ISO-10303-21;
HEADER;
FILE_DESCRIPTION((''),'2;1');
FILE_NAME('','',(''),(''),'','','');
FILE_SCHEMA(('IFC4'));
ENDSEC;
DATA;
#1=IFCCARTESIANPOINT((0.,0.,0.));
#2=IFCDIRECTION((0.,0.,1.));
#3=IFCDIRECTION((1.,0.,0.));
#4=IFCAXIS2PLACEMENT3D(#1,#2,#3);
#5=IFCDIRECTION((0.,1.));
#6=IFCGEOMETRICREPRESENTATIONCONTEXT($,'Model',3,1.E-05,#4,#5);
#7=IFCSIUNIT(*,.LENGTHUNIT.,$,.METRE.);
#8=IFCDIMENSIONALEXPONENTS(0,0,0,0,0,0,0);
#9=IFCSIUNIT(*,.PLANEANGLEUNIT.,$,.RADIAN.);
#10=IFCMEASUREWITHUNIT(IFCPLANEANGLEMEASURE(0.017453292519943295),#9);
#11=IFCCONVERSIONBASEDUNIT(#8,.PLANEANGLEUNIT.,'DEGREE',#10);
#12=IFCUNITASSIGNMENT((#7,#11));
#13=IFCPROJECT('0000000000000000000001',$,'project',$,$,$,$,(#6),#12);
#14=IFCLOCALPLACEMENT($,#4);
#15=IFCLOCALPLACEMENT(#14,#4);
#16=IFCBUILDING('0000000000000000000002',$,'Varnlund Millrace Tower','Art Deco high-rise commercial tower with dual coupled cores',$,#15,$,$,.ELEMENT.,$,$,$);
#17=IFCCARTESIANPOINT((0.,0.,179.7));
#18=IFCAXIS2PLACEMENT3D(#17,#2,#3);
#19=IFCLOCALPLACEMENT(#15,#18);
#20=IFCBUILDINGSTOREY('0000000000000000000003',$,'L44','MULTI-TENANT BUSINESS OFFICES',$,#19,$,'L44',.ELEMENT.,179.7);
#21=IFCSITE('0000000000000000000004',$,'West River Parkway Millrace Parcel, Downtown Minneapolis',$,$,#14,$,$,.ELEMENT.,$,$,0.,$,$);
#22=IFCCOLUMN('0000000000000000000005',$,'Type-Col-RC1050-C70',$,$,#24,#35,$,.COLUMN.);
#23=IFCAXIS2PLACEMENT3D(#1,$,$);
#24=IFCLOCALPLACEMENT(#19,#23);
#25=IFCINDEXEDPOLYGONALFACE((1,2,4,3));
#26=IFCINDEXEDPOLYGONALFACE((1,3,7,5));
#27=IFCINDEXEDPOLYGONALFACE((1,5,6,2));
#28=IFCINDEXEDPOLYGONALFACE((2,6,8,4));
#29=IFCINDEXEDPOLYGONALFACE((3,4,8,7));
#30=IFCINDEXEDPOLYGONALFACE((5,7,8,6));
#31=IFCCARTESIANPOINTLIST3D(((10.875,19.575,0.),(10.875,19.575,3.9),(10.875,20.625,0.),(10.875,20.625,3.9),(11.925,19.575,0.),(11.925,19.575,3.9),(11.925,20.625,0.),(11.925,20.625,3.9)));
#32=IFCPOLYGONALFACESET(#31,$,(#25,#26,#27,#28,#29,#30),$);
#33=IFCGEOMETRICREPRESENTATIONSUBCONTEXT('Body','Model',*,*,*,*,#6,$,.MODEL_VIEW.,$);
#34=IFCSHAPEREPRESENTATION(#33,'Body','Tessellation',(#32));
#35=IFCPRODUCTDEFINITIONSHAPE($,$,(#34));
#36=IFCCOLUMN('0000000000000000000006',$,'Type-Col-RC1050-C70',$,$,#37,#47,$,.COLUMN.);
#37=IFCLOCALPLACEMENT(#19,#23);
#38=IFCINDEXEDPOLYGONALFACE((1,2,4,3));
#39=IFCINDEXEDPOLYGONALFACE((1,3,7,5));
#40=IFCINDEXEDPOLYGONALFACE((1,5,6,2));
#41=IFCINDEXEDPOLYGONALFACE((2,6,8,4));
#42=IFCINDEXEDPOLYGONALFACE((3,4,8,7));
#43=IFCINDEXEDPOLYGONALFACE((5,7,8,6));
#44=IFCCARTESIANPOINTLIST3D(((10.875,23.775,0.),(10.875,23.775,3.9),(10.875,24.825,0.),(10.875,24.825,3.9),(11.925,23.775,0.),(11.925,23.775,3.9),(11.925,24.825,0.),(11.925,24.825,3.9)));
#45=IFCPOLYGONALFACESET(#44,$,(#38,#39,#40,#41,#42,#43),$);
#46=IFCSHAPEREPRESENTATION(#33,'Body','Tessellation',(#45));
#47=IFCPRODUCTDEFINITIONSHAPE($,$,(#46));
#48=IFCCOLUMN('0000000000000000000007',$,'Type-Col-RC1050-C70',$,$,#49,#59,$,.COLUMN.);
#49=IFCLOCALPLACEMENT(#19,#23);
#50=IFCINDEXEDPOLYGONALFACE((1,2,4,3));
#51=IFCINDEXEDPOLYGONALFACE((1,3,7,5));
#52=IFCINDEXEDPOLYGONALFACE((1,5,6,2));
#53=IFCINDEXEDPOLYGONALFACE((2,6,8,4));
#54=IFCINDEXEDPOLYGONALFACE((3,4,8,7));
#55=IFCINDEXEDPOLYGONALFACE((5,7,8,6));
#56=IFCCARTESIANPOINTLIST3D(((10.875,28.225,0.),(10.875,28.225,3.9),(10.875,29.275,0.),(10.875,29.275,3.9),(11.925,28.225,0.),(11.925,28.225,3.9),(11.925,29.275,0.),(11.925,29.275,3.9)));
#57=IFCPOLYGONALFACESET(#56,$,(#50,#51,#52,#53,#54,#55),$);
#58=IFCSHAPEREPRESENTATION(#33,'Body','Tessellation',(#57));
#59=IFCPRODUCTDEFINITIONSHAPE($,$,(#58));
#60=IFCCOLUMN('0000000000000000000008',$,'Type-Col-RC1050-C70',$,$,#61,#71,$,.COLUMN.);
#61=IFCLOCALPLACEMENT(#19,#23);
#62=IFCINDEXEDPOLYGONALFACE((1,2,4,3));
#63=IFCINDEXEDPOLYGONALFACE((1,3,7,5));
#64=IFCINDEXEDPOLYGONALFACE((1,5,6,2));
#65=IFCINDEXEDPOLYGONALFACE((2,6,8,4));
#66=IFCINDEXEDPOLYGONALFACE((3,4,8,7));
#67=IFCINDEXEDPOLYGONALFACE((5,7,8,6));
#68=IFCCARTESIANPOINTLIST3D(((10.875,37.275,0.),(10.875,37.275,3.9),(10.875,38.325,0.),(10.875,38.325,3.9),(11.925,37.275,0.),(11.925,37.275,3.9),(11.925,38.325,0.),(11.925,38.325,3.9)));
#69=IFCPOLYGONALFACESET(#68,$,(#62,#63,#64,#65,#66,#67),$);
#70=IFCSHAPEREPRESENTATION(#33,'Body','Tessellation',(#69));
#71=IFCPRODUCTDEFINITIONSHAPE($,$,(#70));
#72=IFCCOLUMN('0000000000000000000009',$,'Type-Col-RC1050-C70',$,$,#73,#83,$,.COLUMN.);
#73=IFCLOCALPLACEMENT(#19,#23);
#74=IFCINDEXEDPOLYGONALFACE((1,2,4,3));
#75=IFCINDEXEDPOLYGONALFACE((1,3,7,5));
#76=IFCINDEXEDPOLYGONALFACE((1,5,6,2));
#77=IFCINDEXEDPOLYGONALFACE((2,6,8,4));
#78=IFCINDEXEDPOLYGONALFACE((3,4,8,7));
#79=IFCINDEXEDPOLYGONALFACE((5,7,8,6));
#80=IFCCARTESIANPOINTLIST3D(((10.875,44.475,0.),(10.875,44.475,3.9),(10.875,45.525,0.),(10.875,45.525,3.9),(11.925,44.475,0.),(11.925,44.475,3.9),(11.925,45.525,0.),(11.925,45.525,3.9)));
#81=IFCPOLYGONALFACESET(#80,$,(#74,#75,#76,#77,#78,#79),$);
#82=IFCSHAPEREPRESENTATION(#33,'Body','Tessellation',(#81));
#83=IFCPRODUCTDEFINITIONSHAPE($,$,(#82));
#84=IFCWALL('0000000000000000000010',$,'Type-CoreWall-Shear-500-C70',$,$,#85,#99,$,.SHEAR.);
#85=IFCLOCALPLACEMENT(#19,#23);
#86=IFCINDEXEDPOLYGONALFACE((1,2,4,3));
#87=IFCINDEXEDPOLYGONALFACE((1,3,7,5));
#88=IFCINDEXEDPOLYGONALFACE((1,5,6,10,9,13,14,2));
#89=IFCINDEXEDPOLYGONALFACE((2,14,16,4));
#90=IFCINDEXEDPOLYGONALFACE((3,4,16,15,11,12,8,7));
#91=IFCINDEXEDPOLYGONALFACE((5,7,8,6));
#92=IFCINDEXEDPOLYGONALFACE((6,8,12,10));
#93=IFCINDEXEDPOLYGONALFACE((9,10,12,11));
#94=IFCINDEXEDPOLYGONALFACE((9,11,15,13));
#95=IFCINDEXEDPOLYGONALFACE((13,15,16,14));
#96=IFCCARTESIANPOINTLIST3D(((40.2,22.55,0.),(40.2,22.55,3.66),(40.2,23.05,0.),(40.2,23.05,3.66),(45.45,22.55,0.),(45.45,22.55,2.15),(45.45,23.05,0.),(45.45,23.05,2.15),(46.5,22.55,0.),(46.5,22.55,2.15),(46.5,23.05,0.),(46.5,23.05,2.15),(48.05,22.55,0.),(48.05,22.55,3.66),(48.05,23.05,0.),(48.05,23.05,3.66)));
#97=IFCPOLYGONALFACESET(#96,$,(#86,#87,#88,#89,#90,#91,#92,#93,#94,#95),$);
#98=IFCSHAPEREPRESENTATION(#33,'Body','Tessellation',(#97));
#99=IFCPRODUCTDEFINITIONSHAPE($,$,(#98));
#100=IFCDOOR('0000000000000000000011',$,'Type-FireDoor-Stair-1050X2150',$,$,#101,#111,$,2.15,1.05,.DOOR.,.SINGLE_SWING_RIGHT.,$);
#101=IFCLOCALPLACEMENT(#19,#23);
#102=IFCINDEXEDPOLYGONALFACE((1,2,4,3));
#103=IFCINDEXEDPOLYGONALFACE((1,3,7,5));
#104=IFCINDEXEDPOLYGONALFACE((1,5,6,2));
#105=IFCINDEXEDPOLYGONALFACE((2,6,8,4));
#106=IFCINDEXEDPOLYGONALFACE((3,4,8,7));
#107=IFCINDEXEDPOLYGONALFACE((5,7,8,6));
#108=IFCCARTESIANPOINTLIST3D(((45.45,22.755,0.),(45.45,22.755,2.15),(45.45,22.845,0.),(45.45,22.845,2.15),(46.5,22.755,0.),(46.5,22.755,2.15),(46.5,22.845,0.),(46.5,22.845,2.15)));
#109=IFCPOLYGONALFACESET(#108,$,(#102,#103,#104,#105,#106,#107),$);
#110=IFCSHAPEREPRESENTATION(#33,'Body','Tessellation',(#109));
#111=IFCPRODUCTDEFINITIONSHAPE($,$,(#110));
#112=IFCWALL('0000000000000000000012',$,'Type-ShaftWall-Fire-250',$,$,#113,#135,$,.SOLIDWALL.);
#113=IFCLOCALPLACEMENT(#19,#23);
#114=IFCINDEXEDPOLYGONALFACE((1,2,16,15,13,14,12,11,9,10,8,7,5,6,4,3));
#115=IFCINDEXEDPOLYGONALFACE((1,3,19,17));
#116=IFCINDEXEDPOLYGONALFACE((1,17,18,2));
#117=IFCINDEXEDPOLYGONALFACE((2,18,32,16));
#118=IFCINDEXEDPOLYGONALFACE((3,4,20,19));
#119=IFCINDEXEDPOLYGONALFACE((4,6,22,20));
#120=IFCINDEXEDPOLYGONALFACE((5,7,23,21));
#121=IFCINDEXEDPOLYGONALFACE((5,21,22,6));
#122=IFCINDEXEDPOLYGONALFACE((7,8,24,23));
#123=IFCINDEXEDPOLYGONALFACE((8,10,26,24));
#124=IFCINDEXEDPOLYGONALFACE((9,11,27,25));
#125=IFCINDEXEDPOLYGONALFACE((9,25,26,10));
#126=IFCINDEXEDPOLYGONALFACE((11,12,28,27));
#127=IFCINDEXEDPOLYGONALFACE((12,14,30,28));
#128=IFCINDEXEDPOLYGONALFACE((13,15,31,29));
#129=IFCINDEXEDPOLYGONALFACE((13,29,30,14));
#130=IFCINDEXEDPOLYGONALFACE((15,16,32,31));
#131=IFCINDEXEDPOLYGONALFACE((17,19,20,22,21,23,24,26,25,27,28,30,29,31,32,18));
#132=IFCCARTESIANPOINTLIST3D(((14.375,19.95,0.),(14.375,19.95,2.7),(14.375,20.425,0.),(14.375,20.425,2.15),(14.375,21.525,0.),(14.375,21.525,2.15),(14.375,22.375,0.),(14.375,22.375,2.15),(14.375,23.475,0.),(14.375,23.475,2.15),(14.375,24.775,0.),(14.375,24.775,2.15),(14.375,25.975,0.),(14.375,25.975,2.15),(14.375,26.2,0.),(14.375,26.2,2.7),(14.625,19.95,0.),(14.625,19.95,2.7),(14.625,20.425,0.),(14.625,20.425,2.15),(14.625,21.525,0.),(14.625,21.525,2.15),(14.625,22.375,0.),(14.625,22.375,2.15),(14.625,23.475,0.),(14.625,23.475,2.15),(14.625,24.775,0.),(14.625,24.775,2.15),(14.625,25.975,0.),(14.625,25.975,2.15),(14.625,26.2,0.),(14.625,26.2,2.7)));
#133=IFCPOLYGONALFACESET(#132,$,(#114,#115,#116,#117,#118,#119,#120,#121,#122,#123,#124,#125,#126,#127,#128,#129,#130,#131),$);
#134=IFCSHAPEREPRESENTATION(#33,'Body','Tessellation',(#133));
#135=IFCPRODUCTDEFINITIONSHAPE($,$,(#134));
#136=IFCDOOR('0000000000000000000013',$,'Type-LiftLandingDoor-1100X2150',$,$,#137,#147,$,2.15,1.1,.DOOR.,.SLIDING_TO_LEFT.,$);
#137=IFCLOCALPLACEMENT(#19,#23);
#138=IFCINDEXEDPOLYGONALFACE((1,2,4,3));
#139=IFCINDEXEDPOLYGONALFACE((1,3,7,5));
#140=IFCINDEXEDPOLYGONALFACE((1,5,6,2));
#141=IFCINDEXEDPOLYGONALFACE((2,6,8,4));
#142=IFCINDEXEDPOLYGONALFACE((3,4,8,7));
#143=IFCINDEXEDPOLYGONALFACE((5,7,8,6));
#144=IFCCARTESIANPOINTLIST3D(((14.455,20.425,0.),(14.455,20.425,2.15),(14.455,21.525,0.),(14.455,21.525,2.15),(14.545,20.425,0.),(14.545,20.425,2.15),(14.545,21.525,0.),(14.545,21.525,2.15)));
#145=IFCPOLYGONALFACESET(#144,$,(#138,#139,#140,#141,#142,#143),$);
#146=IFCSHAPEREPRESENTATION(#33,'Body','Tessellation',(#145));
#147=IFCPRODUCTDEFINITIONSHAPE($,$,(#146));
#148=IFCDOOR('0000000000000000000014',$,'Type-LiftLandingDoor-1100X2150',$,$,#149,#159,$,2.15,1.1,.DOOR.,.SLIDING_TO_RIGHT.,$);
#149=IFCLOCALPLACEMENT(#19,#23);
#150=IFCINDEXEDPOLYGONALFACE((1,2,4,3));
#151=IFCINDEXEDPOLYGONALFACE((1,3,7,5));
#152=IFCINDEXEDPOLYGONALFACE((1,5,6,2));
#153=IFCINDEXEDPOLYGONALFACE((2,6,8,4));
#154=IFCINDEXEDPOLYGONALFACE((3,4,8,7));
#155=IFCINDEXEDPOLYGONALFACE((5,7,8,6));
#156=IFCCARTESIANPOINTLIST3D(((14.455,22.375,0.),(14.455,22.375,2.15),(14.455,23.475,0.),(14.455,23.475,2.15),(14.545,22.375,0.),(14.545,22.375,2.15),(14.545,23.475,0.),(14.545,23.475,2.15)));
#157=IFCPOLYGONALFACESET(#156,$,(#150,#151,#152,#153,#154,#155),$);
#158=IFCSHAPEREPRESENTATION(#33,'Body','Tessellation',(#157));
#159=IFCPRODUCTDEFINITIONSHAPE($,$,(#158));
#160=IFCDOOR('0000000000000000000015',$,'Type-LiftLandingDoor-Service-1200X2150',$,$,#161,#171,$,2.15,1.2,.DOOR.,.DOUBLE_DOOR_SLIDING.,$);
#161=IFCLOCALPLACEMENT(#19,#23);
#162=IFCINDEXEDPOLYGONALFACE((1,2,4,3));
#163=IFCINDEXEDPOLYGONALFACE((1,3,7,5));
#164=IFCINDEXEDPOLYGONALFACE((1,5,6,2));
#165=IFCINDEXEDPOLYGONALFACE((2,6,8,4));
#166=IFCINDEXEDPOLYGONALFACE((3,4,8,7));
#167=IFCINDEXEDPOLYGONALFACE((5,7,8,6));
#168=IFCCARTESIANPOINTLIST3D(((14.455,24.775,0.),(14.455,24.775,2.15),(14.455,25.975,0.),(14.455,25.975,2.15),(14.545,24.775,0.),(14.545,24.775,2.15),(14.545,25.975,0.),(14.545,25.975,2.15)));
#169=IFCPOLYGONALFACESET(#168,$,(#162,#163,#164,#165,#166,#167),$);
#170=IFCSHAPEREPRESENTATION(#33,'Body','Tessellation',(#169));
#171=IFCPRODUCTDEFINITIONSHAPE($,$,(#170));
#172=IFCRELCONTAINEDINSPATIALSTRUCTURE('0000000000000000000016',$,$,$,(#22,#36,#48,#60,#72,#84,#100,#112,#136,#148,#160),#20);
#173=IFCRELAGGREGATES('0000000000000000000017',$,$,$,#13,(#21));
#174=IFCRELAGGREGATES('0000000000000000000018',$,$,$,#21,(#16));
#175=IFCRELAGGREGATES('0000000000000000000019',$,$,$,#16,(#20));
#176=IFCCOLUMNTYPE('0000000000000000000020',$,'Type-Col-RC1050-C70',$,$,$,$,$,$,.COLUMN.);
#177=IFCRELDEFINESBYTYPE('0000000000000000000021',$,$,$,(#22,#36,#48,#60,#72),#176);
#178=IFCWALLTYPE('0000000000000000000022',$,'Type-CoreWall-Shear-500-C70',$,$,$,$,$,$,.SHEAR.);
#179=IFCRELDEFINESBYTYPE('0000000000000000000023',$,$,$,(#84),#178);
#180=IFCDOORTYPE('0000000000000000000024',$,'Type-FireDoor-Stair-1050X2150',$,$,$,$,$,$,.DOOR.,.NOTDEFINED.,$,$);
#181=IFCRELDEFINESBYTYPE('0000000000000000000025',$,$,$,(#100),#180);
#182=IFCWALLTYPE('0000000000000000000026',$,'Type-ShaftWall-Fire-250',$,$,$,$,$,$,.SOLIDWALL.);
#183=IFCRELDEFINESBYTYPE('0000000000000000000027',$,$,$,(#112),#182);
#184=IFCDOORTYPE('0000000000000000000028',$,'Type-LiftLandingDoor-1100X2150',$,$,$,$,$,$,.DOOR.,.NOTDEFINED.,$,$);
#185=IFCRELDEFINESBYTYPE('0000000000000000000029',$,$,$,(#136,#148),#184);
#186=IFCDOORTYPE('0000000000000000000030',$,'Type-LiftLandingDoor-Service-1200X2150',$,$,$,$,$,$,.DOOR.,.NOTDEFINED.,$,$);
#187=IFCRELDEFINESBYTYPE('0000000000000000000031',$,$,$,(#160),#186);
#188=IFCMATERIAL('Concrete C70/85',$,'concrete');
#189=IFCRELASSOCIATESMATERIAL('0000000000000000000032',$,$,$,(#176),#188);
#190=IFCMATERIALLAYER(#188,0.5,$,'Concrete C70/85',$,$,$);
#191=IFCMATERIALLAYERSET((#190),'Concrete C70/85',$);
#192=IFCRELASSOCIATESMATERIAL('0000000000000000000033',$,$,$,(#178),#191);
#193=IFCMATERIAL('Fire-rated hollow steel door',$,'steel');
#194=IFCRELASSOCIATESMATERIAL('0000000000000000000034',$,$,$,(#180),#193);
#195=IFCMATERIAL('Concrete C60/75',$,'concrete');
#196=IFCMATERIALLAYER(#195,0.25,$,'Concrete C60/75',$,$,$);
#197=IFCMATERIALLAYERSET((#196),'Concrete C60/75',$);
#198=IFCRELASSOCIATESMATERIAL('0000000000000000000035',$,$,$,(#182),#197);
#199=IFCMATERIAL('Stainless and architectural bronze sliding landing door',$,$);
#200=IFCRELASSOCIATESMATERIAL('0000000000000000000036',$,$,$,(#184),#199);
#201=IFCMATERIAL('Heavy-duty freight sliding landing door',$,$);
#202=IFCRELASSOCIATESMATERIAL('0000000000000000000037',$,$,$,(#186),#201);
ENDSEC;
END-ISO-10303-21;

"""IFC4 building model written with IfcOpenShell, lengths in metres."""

from ifc_helpers import new_model, entity, si_unit, converted_unit, direction, frame, origin_with_axes, origin_2d_with_axis, place, context, subcontext, project, spatial, polyline, rectangle, outline, extrude, material, layer, layer_set, material_profile, profile_set, type_object, element, fill, save


model = new_model("IFC4")

# Units and contexts
model_context = context("Model", 3, precision=1e-05, world=origin_with_axes(), true_north=direction((0.0, 1.0)))
body_context = subcontext(model_context, "Body", "Model", "MODEL_VIEW")
ifc_project = project(units=[si_unit("LENGTHUNIT", "METRE"), converted_unit("PLANEANGLEUNIT", "DEGREE", entity("IfcPlaneAngleMeasure", 0.017453292519943295), si_unit("PLANEANGLEUNIT", "RADIAN"), dimensions=[0, 0, 0, 0, 0, 0, 0])], contexts=[model_context])

# Site, building, storey
site_placement = place(None, origin_with_axes())
site = spatial("IfcSite", under=ifc_project, at=site_placement, Name="West River Parkway Millrace Parcel, Downtown Minneapolis", CompositionType="ELEMENT", RefElevation=0.0)
building_placement = place(site_placement, origin_with_axes())
building = spatial("IfcBuilding", under=site, at=building_placement, Name="Varnlund Millrace Tower", Description="Art Deco high-rise commercial tower with dual coupled cores", CompositionType="ELEMENT")
storey_placement = place(building_placement, frame((0.0, 0.0, 179.7), z_axis=(0.0, 0.0, 1.0), x_axis=(1.0, 0.0, 0.0)))
storey = spatial("IfcBuildingStorey", under=building, at=storey_placement, Name="L44", Description="MULTI-TENANT BUSINESS OFFICES", LongName="L44", CompositionType="ELEMENT", Elevation=179.7)

# Columns
ifc_material_1 = material(Name="Concrete C70/85", Category="concrete")
ifc_material_profile = material_profile(ifc_material_1, rectangle(XDim=1.05, YDim=1.05, at=origin_2d_with_axis()), Name="Concrete C70/85")
ifc_profile_set = profile_set([ifc_material_profile], Name="Concrete C70/85")
column_type = type_object("IfcColumnType", Name="Type-Col-RC1050-C70", PredefinedType="COLUMN", material=ifc_profile_set)
for number, where, z_axis, x_axis, name in (
    (1, (11.4, 20.1, 0.0), (0.0, 0.0, 1.0), (1.0, 0.0, 0.0), "Type-Col-RC1050-C70"),
    (2, (11.4, 24.3, 0.0), (0.0, 0.0, 1.0), (1.0, 0.0, 0.0), "Type-Col-RC1050-C70"),
    (3, (11.4, 28.75, 0.0), (0.0, 0.0, 1.0), (1.0, 0.0, 0.0), "Type-Col-RC1050-C70"),
    (4, (11.4, 37.8, 0.0), (0.0, 0.0, 1.0), (1.0, 0.0, 0.0), "Type-Col-RC1050-C70"),
    (5, (11.4, 45.0, 0.0), (0.0, 0.0, 1.0), (1.0, 0.0, 0.0), "Type-Col-RC1050-C70"),
):
    element("IfcColumn", number, at=place(storey_placement, frame(where, z_axis=z_axis, x_axis=x_axis)), inside=storey, type_object=column_type, Name=name, PredefinedType="COLUMN", context=body_context, shape_type="SweptSolid", body=[
        extrude(rectangle(XDim=1.05, YDim=1.05, at=origin_2d_with_axis()), origin_with_axes(), (0.0, 0.0, 1.0), 3.9),
    ])

# Wall, opening, door
ifc_layer_1 = layer(ifc_material_1, 0.5, Name="Concrete C70/85")
ifc_layer_set_1 = layer_set([ifc_layer_1], Name="Concrete C70/85")
wall_type_1 = type_object("IfcWallType", Name="Type-CoreWall-Shear-500-C70", PredefinedType="SHEAR", material=ifc_layer_set_1)
wall_1_placement = place(storey_placement, frame((40.2, 22.8, 0.0), z_axis=(0.0, 0.0, 1.0), x_axis=(1.0, 0.0, 0.0)))
wall_1 = element("IfcWall", 6, at=wall_1_placement, inside=storey, type_object=wall_type_1, Name="Type-CoreWall-Shear-500-C70", PredefinedType="SHEAR", context=body_context, shape_type="SweptSolid", body=[
    extrude(outline(polyline([(0.0, -0.25), (7.85, -0.25), (7.85, 0.25), (0.0, 0.25), (0.0, -0.25)])), origin_with_axes(), (0.0, 0.0, 1.0), 3.66),
])
opening_1_placement = place(wall_1_placement, frame((5.775, 0.0, 0.0), z_axis=(0.0, 0.0, 1.0), x_axis=(1.0, 0.0, 0.0)))
opening_1 = element("IfcOpeningElement", 7, at=opening_1_placement, cuts=wall_1, PredefinedType="OPENING", context=body_context, shape_type="SweptSolid", body=[
    extrude(rectangle(XDim=1.05, YDim=0.52, at=origin_2d_with_axis()), origin_with_axes(), (0.0, 0.0, 1.0), 2.15),
])
ifc_material_2 = material(Name="Fire-rated hollow steel door", Category="steel")
door_type_1 = type_object("IfcDoorType", Name="Type-FireDoor-Stair-1050X2150", OperationType="NOTDEFINED", PredefinedType="DOOR", material=ifc_material_2)
door_1_placement = place(wall_1_placement, frame((5.775, 0.0, 0.0), z_axis=(0.0, 0.0, 1.0), x_axis=(1.0, 0.0, 0.0)))
door_1 = element("IfcDoor", 8, at=door_1_placement, inside=storey, type_object=door_type_1, Name="Type-FireDoor-Stair-1050X2150", OperationType="SINGLE_SWING_RIGHT", OverallHeight=2.15, OverallWidth=1.05, PredefinedType="DOOR", context=body_context, shape_type="SweptSolid", body=[
    extrude(rectangle(XDim=1.05, YDim=0.09, at=origin_2d_with_axis()), origin_with_axes(), (0.0, 0.0, 1.0), 2.15),
])
fill(opening_1, door_1)

# Wall, openings, doors
ifc_material_3 = material(Name="Concrete C60/75", Category="concrete")
ifc_layer_2 = layer(ifc_material_3, 0.25, Name="Concrete C60/75")
ifc_layer_set_2 = layer_set([ifc_layer_2], Name="Concrete C60/75")
wall_type_2 = type_object("IfcWallType", Name="Type-ShaftWall-Fire-250", PredefinedType="SOLIDWALL", material=ifc_layer_set_2)
wall_2_placement = place(storey_placement, frame((14.5, 19.95, 0.0), z_axis=(0.0, 0.0, 1.0), x_axis=(0.0, 1.0, 0.0)))
wall_2 = element("IfcWall", 9, at=wall_2_placement, inside=storey, type_object=wall_type_2, Name="Type-ShaftWall-Fire-250", PredefinedType="SOLIDWALL", context=body_context, shape_type="SweptSolid", body=[
    extrude(outline(polyline([(0.0, -0.125), (6.25, -0.125), (6.25, 0.125), (0.0, 0.125), (0.0, -0.125)])), origin_with_axes(), (0.0, 0.0, 1.0), 2.7),
])
opening_2_placement = place(wall_2_placement, frame((1.025, 0.0, 0.0), z_axis=(0.0, 0.0, 1.0), x_axis=(1.0, 0.0, 0.0)))
opening_2 = element("IfcOpeningElement", 10, at=opening_2_placement, cuts=wall_2, PredefinedType="OPENING", context=body_context, shape_type="SweptSolid", body=[
    extrude(rectangle(XDim=1.1, YDim=0.27, at=origin_2d_with_axis()), origin_with_axes(), (0.0, 0.0, 1.0), 2.15),
])
opening_3_placement = place(wall_2_placement, frame((2.975, 0.0, 0.0), z_axis=(0.0, 0.0, 1.0), x_axis=(1.0, 0.0, 0.0)))
opening_3 = element("IfcOpeningElement", 11, at=opening_3_placement, cuts=wall_2, PredefinedType="OPENING", context=body_context, shape_type="SweptSolid", body=[
    extrude(rectangle(XDim=1.1, YDim=0.27, at=origin_2d_with_axis()), origin_with_axes(), (0.0, 0.0, 1.0), 2.15),
])
opening_4_placement = place(wall_2_placement, frame((5.425, 0.0, 0.0), z_axis=(0.0, 0.0, 1.0), x_axis=(1.0, 0.0, 0.0)))
opening_4 = element("IfcOpeningElement", 12, at=opening_4_placement, cuts=wall_2, PredefinedType="OPENING", context=body_context, shape_type="SweptSolid", body=[
    extrude(rectangle(XDim=1.2, YDim=0.27, at=origin_2d_with_axis()), origin_with_axes(), (0.0, 0.0, 1.0), 2.15),
])
ifc_material_4 = material(Name="Stainless and architectural bronze sliding landing door")
door_type_2 = type_object("IfcDoorType", Name="Type-LiftLandingDoor-1100X2150", OperationType="NOTDEFINED", PredefinedType="DOOR", material=ifc_material_4)
door_2_placement = place(wall_2_placement, frame((1.025, 0.0, 0.0), z_axis=(0.0, 0.0, 1.0), x_axis=(1.0, 0.0, 0.0)))
door_2 = element("IfcDoor", 13, at=door_2_placement, inside=storey, type_object=door_type_2, Name="Type-LiftLandingDoor-1100X2150", OperationType="SLIDING_TO_LEFT", OverallHeight=2.15, OverallWidth=1.1, PredefinedType="DOOR", context=body_context, shape_type="SweptSolid", body=[
    extrude(rectangle(XDim=1.1, YDim=0.09, at=origin_2d_with_axis()), origin_with_axes(), (0.0, 0.0, 1.0), 2.15),
])
fill(opening_2, door_2)
door_3_placement = place(wall_2_placement, frame((2.975, 0.0, 0.0), z_axis=(0.0, 0.0, 1.0), x_axis=(1.0, 0.0, 0.0)))
door_3 = element("IfcDoor", 14, at=door_3_placement, inside=storey, type_object=door_type_2, Name="Type-LiftLandingDoor-1100X2150", OperationType="SLIDING_TO_RIGHT", OverallHeight=2.15, OverallWidth=1.1, PredefinedType="DOOR", context=body_context, shape_type="SweptSolid", body=[
    extrude(rectangle(XDim=1.1, YDim=0.09, at=origin_2d_with_axis()), origin_with_axes(), (0.0, 0.0, 1.0), 2.15),
])
fill(opening_3, door_3)
ifc_material_5 = material(Name="Heavy-duty freight sliding landing door")
door_type_3 = type_object("IfcDoorType", Name="Type-LiftLandingDoor-Service-1200X2150", OperationType="NOTDEFINED", PredefinedType="DOOR", material=ifc_material_5)
door_4_placement = place(wall_2_placement, frame((5.425, 0.0, 0.0), z_axis=(0.0, 0.0, 1.0), x_axis=(1.0, 0.0, 0.0)))
door_4 = element("IfcDoor", 15, at=door_4_placement, inside=storey, type_object=door_type_3, Name="Type-LiftLandingDoor-Service-1200X2150", OperationType="DOUBLE_DOOR_SLIDING", OverallHeight=2.15, OverallWidth=1.2, PredefinedType="DOOR", context=body_context, shape_type="SweptSolid", body=[
    extrude(rectangle(XDim=1.2, YDim=0.09, at=origin_2d_with_axis()), origin_with_axes(), (0.0, 0.0, 1.0), 2.15),
])
fill(opening_4, door_4)

save(model, "model.ifc")
